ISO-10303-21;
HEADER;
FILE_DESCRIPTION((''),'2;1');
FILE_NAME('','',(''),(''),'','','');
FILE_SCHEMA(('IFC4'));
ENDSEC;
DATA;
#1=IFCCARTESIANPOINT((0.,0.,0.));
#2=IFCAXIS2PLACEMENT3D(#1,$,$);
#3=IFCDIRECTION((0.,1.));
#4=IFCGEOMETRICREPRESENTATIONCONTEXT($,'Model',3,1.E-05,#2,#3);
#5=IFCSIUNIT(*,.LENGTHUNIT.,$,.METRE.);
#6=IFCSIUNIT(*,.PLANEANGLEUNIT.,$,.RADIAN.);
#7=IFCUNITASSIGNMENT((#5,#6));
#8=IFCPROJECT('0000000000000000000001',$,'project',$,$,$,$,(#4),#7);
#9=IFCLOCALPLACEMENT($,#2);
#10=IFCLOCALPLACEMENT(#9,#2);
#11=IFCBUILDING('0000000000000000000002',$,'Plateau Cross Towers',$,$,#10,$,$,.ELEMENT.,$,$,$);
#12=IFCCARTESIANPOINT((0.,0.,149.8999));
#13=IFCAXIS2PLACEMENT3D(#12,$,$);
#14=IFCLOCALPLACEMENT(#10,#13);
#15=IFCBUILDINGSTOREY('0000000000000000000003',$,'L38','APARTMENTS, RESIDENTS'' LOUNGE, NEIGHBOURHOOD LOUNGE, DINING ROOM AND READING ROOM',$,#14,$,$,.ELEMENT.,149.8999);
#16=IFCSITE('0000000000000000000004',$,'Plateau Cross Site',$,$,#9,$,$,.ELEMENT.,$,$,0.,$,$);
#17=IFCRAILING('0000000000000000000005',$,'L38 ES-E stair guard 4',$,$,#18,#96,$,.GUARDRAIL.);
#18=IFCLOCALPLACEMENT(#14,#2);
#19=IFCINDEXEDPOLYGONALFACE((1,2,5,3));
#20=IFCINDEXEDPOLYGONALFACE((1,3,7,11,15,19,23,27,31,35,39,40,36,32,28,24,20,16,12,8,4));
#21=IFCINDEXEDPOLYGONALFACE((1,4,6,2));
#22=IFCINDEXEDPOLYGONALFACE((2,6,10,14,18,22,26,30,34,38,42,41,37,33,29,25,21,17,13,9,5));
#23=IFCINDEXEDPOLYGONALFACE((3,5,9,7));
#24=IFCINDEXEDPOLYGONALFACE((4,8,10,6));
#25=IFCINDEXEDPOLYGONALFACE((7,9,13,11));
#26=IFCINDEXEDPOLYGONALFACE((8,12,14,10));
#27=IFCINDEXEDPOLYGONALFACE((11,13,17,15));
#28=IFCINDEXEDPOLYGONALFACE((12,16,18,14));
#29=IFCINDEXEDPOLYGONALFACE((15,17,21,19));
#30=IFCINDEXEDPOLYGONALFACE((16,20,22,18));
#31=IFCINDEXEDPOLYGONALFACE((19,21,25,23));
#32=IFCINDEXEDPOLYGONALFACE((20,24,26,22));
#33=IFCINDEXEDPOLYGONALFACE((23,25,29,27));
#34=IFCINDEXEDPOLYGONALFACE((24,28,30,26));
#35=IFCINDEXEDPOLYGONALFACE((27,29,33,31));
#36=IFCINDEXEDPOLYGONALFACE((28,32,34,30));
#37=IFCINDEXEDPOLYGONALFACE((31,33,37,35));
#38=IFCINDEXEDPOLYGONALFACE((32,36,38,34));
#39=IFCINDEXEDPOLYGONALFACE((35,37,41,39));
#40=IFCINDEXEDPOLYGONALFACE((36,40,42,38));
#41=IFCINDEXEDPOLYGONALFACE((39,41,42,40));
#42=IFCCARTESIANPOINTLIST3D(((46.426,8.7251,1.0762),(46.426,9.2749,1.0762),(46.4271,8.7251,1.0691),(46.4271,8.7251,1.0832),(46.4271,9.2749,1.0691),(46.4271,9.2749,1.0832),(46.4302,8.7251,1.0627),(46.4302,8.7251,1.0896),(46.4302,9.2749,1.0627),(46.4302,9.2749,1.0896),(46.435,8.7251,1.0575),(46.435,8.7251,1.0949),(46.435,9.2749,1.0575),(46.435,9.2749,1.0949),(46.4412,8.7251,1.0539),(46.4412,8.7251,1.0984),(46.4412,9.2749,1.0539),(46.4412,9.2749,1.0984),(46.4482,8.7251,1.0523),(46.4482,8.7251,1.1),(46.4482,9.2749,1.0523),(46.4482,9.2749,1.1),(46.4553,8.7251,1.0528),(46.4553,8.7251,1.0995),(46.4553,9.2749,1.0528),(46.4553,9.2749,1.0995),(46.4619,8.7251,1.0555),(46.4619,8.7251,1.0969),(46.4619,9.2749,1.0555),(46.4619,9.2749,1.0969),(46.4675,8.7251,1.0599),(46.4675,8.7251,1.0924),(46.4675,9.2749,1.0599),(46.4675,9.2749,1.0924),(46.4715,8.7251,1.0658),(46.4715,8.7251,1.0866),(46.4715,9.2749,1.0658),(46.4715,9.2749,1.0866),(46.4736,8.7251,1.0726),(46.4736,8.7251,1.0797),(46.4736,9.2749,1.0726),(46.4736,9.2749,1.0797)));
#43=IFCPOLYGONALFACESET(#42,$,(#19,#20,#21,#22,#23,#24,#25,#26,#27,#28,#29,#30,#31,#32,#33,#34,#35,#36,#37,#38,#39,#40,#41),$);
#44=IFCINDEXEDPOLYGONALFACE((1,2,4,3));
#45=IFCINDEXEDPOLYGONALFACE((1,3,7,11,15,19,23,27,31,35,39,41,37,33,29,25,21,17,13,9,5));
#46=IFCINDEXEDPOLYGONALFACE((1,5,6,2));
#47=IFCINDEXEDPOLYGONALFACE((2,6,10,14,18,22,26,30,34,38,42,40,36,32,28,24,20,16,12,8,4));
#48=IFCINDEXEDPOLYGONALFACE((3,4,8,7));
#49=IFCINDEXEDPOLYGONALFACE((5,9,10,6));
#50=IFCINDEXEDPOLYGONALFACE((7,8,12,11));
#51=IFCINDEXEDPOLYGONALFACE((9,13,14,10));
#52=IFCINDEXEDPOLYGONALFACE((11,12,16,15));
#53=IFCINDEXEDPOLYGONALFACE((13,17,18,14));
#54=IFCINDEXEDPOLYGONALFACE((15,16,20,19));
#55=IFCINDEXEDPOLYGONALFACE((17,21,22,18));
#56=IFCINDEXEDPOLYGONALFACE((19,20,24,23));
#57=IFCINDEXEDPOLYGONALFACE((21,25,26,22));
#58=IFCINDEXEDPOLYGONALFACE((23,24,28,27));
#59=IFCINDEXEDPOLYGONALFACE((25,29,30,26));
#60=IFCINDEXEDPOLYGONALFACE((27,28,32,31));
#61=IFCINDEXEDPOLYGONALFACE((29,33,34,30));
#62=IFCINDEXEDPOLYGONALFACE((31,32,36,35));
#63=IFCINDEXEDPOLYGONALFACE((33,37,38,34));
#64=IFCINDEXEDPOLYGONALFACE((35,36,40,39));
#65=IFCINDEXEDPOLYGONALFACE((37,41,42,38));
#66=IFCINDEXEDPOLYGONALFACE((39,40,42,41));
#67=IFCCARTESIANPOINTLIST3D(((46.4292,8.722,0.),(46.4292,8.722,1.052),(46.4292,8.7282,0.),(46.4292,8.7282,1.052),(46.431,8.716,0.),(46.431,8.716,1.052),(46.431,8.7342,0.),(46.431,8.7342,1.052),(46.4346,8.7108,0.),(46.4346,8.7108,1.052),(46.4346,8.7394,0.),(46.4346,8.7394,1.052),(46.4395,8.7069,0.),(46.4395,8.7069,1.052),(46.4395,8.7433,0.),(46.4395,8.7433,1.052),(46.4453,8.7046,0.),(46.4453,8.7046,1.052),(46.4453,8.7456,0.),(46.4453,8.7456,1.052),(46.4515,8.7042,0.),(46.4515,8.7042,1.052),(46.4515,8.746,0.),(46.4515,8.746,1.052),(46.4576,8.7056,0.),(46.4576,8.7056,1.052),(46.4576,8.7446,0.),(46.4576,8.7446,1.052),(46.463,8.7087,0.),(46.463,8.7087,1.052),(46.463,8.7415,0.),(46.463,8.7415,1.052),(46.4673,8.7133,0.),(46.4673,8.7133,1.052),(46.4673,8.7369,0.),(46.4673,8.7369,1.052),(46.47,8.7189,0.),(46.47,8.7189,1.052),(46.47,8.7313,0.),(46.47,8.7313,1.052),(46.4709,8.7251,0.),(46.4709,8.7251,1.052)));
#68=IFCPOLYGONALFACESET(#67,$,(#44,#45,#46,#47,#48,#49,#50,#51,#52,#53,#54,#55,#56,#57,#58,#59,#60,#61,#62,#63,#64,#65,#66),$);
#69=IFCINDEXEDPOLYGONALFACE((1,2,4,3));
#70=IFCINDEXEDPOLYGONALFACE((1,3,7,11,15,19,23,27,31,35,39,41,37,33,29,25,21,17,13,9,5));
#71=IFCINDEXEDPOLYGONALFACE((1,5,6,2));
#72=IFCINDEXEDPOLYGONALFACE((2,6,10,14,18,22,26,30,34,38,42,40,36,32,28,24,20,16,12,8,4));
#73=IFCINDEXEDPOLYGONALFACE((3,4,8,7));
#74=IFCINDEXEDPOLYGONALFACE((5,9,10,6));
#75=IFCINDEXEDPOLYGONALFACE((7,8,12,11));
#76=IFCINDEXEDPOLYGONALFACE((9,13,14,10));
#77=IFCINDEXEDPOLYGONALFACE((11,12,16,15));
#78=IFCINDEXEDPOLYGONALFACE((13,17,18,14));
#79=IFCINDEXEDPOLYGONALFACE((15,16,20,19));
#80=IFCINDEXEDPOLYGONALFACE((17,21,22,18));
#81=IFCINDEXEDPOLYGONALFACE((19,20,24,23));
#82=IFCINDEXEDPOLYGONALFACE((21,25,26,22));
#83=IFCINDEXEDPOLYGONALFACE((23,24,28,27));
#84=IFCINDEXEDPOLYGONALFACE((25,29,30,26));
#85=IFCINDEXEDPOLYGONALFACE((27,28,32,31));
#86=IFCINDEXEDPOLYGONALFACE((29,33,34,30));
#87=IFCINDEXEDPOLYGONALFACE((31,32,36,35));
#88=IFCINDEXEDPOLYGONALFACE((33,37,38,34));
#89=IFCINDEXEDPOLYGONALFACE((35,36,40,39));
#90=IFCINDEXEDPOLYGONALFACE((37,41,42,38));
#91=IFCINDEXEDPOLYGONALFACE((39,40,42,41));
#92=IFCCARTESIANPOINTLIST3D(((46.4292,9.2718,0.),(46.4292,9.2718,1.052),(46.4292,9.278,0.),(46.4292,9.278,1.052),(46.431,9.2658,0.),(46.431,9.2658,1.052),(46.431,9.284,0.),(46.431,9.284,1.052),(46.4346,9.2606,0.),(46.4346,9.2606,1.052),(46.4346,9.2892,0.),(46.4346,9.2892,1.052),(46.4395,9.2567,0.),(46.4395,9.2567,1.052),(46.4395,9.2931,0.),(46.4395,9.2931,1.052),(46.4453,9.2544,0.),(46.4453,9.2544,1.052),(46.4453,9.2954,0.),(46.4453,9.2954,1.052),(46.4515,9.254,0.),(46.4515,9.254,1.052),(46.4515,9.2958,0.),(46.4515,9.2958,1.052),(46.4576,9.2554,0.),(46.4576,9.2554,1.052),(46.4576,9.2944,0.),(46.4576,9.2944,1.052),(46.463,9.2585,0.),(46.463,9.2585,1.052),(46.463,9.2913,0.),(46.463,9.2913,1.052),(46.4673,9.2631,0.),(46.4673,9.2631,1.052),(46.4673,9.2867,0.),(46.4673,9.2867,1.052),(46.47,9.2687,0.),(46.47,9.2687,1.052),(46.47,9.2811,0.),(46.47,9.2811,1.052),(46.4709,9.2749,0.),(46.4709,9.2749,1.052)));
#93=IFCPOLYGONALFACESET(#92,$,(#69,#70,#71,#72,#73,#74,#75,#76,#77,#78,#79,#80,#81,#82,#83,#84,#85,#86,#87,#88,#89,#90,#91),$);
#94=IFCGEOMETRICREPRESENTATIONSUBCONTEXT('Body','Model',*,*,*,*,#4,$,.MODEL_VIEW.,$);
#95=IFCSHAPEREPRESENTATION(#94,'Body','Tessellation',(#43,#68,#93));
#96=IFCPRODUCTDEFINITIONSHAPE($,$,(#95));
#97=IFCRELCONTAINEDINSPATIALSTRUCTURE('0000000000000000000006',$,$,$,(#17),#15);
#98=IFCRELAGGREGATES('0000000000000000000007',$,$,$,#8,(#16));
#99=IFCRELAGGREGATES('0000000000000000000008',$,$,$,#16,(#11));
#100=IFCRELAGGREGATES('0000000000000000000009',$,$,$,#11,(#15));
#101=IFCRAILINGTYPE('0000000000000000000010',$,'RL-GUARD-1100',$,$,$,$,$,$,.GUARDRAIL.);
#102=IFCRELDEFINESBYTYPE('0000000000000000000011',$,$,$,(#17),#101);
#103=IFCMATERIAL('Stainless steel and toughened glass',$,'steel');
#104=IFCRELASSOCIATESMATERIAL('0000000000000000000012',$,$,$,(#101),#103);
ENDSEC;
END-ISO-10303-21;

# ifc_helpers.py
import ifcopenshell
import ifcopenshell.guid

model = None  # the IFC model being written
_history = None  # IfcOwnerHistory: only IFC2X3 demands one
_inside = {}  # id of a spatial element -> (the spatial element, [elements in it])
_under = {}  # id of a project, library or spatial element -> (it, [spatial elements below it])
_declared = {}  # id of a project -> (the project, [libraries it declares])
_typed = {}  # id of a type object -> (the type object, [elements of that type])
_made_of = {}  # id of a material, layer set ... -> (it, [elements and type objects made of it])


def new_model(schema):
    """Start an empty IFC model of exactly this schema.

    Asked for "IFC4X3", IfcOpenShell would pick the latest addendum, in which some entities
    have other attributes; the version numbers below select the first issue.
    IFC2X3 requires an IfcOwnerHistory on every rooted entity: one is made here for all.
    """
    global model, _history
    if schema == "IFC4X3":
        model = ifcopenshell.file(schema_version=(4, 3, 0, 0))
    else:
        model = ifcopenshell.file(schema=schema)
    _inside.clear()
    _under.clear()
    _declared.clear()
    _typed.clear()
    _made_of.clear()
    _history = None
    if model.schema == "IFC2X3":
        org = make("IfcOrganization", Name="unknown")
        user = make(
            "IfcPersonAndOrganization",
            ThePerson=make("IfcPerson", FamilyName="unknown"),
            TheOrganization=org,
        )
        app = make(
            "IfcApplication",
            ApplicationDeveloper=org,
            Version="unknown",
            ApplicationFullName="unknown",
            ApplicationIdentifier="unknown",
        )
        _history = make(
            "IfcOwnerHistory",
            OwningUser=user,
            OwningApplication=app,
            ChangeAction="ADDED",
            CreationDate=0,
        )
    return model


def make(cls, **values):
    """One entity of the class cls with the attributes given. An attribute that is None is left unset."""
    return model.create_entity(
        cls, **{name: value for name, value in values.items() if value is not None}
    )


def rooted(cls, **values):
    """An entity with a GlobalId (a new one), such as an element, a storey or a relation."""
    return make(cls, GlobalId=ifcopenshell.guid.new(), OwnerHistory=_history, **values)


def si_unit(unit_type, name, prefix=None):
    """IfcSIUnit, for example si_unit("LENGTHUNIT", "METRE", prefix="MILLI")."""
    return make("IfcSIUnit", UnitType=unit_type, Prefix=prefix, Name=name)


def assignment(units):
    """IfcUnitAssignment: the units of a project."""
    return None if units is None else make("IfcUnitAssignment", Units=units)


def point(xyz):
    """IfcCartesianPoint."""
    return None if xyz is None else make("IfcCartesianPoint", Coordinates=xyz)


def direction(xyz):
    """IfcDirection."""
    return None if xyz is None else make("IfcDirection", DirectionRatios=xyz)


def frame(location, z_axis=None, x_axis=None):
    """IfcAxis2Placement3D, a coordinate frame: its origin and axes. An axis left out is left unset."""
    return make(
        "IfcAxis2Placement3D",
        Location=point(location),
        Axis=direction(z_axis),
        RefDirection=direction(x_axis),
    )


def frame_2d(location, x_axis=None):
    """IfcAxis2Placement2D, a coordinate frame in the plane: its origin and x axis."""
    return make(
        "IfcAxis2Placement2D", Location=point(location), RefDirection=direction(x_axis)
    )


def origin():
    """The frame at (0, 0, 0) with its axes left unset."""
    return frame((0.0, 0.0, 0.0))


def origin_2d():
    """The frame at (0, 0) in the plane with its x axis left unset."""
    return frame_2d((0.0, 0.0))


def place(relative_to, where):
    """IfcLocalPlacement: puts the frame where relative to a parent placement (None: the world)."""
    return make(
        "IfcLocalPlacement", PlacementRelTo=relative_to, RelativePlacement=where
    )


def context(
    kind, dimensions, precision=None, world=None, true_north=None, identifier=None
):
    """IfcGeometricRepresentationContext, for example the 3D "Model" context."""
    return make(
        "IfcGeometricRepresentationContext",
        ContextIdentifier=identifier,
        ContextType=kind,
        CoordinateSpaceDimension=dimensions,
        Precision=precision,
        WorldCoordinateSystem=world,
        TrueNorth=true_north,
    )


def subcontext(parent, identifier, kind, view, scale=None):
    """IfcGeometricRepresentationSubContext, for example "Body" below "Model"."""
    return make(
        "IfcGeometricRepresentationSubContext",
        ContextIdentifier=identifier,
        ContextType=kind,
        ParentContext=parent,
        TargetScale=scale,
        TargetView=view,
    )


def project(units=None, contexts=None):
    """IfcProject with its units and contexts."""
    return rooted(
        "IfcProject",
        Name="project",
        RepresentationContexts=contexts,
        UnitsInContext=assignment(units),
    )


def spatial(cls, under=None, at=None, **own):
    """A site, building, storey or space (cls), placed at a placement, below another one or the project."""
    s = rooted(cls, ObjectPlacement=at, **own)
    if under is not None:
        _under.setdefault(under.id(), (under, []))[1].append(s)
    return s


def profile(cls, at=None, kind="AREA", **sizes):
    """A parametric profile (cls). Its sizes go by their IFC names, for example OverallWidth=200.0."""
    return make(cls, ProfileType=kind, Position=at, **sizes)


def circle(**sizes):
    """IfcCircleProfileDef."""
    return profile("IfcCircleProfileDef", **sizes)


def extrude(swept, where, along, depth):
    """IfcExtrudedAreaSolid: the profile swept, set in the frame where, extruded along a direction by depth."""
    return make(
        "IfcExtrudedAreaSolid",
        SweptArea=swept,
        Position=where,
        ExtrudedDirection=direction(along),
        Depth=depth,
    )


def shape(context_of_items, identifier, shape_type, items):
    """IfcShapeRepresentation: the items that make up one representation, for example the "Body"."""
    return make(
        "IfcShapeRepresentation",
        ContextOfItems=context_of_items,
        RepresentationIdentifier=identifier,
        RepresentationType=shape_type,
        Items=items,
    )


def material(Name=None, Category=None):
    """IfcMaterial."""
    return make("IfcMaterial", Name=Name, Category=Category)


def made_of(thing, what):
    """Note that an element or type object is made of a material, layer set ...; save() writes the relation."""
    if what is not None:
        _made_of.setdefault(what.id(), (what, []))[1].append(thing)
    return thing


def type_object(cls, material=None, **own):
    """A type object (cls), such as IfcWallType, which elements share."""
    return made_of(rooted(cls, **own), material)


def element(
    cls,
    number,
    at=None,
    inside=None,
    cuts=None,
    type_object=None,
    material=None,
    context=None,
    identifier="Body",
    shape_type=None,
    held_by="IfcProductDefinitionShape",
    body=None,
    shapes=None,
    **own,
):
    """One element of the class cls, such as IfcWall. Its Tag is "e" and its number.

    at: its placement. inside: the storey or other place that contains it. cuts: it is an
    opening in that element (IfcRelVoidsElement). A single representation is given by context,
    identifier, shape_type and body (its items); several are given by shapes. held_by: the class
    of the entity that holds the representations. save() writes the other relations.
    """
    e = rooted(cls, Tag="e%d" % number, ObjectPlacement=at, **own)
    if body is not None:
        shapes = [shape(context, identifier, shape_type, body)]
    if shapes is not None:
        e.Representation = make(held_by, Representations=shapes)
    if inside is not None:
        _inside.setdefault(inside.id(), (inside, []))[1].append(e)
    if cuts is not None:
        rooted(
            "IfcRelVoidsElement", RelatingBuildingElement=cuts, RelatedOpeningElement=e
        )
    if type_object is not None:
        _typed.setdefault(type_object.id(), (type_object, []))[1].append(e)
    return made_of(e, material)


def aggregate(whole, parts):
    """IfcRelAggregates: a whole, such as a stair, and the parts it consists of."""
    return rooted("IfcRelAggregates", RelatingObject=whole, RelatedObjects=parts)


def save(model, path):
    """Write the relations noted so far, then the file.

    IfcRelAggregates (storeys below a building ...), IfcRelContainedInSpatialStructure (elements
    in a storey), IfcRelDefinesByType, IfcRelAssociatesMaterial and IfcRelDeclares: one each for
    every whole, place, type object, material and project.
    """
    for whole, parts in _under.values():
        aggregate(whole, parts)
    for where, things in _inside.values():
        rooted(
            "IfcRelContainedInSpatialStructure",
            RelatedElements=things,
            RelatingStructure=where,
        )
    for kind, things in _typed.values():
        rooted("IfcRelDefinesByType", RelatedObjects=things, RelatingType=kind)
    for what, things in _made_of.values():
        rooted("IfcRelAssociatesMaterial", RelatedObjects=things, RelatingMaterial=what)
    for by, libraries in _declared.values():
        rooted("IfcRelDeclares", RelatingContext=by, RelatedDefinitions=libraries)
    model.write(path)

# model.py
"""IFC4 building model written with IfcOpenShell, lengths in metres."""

from ifc_helpers import new_model, si_unit, direction, frame, origin, origin_2d, place, context, subcontext, project, spatial, circle, extrude, material, type_object, element, save


model = new_model("IFC4")

# Units and contexts
model_context = context("Model", 3, precision=1e-05, world=origin(), true_north=direction((0.0, 1.0)))
body_context = subcontext(model_context, "Body", "Model", "MODEL_VIEW")
ifc_project = project(units=[si_unit("LENGTHUNIT", "METRE"), si_unit("PLANEANGLEUNIT", "RADIAN")], contexts=[model_context])

# Site, building, storey
site_placement = place(None, origin())
site = spatial("IfcSite", under=ifc_project, at=site_placement, Name="Plateau Cross Site", CompositionType="ELEMENT", RefElevation=0.0)
building_placement = place(site_placement, origin())
building = spatial("IfcBuilding", under=site, at=building_placement, Name="Plateau Cross Towers", CompositionType="ELEMENT")
storey_placement = place(building_placement, frame((0.0, 0.0, 149.8999)))
storey = spatial("IfcBuildingStorey", under=building, at=storey_placement, Name="L38", Description="APARTMENTS, RESIDENTS' LOUNGE, NEIGHBOURHOOD LOUNGE, DINING ROOM AND READING ROOM", CompositionType="ELEMENT", Elevation=149.8999)

# Railing
ifc_material_1 = material(Name="Stainless steel and toughened glass", Category="steel")
railing_type_1 = type_object("IfcRailingType", Name="RL-GUARD-1100", PredefinedType="GUARDRAIL", material=ifc_material_1)
railing_1_placement = place(storey_placement, frame((46.45, 8.7251, 0.0)))
element("IfcRailing", 1, at=railing_1_placement, inside=storey, type_object=railing_type_1, Name="L38 ES-E stair guard 4", PredefinedType="GUARDRAIL", context=body_context, shape_type="SweptSolid", body=[
    extrude(circle(Radius=0.0239, at=origin_2d()), frame((0.0, 0.0, 1.0762), z_axis=(0.0, 1.0, 0.0), x_axis=(-1.0, 0.0, 0.0)), (0.0, 0.0, 1.0), 0.5498),
    extrude(circle(Radius=0.021, at=origin_2d()), origin(), (0.0, 0.0, 1.0), 1.052),
    extrude(circle(Radius=0.021, at=origin_2d()), frame((0.0, 0.5498, 0.0)), (0.0, 0.0, 1.0), 1.052),
])

save(model, "model.ifc")
